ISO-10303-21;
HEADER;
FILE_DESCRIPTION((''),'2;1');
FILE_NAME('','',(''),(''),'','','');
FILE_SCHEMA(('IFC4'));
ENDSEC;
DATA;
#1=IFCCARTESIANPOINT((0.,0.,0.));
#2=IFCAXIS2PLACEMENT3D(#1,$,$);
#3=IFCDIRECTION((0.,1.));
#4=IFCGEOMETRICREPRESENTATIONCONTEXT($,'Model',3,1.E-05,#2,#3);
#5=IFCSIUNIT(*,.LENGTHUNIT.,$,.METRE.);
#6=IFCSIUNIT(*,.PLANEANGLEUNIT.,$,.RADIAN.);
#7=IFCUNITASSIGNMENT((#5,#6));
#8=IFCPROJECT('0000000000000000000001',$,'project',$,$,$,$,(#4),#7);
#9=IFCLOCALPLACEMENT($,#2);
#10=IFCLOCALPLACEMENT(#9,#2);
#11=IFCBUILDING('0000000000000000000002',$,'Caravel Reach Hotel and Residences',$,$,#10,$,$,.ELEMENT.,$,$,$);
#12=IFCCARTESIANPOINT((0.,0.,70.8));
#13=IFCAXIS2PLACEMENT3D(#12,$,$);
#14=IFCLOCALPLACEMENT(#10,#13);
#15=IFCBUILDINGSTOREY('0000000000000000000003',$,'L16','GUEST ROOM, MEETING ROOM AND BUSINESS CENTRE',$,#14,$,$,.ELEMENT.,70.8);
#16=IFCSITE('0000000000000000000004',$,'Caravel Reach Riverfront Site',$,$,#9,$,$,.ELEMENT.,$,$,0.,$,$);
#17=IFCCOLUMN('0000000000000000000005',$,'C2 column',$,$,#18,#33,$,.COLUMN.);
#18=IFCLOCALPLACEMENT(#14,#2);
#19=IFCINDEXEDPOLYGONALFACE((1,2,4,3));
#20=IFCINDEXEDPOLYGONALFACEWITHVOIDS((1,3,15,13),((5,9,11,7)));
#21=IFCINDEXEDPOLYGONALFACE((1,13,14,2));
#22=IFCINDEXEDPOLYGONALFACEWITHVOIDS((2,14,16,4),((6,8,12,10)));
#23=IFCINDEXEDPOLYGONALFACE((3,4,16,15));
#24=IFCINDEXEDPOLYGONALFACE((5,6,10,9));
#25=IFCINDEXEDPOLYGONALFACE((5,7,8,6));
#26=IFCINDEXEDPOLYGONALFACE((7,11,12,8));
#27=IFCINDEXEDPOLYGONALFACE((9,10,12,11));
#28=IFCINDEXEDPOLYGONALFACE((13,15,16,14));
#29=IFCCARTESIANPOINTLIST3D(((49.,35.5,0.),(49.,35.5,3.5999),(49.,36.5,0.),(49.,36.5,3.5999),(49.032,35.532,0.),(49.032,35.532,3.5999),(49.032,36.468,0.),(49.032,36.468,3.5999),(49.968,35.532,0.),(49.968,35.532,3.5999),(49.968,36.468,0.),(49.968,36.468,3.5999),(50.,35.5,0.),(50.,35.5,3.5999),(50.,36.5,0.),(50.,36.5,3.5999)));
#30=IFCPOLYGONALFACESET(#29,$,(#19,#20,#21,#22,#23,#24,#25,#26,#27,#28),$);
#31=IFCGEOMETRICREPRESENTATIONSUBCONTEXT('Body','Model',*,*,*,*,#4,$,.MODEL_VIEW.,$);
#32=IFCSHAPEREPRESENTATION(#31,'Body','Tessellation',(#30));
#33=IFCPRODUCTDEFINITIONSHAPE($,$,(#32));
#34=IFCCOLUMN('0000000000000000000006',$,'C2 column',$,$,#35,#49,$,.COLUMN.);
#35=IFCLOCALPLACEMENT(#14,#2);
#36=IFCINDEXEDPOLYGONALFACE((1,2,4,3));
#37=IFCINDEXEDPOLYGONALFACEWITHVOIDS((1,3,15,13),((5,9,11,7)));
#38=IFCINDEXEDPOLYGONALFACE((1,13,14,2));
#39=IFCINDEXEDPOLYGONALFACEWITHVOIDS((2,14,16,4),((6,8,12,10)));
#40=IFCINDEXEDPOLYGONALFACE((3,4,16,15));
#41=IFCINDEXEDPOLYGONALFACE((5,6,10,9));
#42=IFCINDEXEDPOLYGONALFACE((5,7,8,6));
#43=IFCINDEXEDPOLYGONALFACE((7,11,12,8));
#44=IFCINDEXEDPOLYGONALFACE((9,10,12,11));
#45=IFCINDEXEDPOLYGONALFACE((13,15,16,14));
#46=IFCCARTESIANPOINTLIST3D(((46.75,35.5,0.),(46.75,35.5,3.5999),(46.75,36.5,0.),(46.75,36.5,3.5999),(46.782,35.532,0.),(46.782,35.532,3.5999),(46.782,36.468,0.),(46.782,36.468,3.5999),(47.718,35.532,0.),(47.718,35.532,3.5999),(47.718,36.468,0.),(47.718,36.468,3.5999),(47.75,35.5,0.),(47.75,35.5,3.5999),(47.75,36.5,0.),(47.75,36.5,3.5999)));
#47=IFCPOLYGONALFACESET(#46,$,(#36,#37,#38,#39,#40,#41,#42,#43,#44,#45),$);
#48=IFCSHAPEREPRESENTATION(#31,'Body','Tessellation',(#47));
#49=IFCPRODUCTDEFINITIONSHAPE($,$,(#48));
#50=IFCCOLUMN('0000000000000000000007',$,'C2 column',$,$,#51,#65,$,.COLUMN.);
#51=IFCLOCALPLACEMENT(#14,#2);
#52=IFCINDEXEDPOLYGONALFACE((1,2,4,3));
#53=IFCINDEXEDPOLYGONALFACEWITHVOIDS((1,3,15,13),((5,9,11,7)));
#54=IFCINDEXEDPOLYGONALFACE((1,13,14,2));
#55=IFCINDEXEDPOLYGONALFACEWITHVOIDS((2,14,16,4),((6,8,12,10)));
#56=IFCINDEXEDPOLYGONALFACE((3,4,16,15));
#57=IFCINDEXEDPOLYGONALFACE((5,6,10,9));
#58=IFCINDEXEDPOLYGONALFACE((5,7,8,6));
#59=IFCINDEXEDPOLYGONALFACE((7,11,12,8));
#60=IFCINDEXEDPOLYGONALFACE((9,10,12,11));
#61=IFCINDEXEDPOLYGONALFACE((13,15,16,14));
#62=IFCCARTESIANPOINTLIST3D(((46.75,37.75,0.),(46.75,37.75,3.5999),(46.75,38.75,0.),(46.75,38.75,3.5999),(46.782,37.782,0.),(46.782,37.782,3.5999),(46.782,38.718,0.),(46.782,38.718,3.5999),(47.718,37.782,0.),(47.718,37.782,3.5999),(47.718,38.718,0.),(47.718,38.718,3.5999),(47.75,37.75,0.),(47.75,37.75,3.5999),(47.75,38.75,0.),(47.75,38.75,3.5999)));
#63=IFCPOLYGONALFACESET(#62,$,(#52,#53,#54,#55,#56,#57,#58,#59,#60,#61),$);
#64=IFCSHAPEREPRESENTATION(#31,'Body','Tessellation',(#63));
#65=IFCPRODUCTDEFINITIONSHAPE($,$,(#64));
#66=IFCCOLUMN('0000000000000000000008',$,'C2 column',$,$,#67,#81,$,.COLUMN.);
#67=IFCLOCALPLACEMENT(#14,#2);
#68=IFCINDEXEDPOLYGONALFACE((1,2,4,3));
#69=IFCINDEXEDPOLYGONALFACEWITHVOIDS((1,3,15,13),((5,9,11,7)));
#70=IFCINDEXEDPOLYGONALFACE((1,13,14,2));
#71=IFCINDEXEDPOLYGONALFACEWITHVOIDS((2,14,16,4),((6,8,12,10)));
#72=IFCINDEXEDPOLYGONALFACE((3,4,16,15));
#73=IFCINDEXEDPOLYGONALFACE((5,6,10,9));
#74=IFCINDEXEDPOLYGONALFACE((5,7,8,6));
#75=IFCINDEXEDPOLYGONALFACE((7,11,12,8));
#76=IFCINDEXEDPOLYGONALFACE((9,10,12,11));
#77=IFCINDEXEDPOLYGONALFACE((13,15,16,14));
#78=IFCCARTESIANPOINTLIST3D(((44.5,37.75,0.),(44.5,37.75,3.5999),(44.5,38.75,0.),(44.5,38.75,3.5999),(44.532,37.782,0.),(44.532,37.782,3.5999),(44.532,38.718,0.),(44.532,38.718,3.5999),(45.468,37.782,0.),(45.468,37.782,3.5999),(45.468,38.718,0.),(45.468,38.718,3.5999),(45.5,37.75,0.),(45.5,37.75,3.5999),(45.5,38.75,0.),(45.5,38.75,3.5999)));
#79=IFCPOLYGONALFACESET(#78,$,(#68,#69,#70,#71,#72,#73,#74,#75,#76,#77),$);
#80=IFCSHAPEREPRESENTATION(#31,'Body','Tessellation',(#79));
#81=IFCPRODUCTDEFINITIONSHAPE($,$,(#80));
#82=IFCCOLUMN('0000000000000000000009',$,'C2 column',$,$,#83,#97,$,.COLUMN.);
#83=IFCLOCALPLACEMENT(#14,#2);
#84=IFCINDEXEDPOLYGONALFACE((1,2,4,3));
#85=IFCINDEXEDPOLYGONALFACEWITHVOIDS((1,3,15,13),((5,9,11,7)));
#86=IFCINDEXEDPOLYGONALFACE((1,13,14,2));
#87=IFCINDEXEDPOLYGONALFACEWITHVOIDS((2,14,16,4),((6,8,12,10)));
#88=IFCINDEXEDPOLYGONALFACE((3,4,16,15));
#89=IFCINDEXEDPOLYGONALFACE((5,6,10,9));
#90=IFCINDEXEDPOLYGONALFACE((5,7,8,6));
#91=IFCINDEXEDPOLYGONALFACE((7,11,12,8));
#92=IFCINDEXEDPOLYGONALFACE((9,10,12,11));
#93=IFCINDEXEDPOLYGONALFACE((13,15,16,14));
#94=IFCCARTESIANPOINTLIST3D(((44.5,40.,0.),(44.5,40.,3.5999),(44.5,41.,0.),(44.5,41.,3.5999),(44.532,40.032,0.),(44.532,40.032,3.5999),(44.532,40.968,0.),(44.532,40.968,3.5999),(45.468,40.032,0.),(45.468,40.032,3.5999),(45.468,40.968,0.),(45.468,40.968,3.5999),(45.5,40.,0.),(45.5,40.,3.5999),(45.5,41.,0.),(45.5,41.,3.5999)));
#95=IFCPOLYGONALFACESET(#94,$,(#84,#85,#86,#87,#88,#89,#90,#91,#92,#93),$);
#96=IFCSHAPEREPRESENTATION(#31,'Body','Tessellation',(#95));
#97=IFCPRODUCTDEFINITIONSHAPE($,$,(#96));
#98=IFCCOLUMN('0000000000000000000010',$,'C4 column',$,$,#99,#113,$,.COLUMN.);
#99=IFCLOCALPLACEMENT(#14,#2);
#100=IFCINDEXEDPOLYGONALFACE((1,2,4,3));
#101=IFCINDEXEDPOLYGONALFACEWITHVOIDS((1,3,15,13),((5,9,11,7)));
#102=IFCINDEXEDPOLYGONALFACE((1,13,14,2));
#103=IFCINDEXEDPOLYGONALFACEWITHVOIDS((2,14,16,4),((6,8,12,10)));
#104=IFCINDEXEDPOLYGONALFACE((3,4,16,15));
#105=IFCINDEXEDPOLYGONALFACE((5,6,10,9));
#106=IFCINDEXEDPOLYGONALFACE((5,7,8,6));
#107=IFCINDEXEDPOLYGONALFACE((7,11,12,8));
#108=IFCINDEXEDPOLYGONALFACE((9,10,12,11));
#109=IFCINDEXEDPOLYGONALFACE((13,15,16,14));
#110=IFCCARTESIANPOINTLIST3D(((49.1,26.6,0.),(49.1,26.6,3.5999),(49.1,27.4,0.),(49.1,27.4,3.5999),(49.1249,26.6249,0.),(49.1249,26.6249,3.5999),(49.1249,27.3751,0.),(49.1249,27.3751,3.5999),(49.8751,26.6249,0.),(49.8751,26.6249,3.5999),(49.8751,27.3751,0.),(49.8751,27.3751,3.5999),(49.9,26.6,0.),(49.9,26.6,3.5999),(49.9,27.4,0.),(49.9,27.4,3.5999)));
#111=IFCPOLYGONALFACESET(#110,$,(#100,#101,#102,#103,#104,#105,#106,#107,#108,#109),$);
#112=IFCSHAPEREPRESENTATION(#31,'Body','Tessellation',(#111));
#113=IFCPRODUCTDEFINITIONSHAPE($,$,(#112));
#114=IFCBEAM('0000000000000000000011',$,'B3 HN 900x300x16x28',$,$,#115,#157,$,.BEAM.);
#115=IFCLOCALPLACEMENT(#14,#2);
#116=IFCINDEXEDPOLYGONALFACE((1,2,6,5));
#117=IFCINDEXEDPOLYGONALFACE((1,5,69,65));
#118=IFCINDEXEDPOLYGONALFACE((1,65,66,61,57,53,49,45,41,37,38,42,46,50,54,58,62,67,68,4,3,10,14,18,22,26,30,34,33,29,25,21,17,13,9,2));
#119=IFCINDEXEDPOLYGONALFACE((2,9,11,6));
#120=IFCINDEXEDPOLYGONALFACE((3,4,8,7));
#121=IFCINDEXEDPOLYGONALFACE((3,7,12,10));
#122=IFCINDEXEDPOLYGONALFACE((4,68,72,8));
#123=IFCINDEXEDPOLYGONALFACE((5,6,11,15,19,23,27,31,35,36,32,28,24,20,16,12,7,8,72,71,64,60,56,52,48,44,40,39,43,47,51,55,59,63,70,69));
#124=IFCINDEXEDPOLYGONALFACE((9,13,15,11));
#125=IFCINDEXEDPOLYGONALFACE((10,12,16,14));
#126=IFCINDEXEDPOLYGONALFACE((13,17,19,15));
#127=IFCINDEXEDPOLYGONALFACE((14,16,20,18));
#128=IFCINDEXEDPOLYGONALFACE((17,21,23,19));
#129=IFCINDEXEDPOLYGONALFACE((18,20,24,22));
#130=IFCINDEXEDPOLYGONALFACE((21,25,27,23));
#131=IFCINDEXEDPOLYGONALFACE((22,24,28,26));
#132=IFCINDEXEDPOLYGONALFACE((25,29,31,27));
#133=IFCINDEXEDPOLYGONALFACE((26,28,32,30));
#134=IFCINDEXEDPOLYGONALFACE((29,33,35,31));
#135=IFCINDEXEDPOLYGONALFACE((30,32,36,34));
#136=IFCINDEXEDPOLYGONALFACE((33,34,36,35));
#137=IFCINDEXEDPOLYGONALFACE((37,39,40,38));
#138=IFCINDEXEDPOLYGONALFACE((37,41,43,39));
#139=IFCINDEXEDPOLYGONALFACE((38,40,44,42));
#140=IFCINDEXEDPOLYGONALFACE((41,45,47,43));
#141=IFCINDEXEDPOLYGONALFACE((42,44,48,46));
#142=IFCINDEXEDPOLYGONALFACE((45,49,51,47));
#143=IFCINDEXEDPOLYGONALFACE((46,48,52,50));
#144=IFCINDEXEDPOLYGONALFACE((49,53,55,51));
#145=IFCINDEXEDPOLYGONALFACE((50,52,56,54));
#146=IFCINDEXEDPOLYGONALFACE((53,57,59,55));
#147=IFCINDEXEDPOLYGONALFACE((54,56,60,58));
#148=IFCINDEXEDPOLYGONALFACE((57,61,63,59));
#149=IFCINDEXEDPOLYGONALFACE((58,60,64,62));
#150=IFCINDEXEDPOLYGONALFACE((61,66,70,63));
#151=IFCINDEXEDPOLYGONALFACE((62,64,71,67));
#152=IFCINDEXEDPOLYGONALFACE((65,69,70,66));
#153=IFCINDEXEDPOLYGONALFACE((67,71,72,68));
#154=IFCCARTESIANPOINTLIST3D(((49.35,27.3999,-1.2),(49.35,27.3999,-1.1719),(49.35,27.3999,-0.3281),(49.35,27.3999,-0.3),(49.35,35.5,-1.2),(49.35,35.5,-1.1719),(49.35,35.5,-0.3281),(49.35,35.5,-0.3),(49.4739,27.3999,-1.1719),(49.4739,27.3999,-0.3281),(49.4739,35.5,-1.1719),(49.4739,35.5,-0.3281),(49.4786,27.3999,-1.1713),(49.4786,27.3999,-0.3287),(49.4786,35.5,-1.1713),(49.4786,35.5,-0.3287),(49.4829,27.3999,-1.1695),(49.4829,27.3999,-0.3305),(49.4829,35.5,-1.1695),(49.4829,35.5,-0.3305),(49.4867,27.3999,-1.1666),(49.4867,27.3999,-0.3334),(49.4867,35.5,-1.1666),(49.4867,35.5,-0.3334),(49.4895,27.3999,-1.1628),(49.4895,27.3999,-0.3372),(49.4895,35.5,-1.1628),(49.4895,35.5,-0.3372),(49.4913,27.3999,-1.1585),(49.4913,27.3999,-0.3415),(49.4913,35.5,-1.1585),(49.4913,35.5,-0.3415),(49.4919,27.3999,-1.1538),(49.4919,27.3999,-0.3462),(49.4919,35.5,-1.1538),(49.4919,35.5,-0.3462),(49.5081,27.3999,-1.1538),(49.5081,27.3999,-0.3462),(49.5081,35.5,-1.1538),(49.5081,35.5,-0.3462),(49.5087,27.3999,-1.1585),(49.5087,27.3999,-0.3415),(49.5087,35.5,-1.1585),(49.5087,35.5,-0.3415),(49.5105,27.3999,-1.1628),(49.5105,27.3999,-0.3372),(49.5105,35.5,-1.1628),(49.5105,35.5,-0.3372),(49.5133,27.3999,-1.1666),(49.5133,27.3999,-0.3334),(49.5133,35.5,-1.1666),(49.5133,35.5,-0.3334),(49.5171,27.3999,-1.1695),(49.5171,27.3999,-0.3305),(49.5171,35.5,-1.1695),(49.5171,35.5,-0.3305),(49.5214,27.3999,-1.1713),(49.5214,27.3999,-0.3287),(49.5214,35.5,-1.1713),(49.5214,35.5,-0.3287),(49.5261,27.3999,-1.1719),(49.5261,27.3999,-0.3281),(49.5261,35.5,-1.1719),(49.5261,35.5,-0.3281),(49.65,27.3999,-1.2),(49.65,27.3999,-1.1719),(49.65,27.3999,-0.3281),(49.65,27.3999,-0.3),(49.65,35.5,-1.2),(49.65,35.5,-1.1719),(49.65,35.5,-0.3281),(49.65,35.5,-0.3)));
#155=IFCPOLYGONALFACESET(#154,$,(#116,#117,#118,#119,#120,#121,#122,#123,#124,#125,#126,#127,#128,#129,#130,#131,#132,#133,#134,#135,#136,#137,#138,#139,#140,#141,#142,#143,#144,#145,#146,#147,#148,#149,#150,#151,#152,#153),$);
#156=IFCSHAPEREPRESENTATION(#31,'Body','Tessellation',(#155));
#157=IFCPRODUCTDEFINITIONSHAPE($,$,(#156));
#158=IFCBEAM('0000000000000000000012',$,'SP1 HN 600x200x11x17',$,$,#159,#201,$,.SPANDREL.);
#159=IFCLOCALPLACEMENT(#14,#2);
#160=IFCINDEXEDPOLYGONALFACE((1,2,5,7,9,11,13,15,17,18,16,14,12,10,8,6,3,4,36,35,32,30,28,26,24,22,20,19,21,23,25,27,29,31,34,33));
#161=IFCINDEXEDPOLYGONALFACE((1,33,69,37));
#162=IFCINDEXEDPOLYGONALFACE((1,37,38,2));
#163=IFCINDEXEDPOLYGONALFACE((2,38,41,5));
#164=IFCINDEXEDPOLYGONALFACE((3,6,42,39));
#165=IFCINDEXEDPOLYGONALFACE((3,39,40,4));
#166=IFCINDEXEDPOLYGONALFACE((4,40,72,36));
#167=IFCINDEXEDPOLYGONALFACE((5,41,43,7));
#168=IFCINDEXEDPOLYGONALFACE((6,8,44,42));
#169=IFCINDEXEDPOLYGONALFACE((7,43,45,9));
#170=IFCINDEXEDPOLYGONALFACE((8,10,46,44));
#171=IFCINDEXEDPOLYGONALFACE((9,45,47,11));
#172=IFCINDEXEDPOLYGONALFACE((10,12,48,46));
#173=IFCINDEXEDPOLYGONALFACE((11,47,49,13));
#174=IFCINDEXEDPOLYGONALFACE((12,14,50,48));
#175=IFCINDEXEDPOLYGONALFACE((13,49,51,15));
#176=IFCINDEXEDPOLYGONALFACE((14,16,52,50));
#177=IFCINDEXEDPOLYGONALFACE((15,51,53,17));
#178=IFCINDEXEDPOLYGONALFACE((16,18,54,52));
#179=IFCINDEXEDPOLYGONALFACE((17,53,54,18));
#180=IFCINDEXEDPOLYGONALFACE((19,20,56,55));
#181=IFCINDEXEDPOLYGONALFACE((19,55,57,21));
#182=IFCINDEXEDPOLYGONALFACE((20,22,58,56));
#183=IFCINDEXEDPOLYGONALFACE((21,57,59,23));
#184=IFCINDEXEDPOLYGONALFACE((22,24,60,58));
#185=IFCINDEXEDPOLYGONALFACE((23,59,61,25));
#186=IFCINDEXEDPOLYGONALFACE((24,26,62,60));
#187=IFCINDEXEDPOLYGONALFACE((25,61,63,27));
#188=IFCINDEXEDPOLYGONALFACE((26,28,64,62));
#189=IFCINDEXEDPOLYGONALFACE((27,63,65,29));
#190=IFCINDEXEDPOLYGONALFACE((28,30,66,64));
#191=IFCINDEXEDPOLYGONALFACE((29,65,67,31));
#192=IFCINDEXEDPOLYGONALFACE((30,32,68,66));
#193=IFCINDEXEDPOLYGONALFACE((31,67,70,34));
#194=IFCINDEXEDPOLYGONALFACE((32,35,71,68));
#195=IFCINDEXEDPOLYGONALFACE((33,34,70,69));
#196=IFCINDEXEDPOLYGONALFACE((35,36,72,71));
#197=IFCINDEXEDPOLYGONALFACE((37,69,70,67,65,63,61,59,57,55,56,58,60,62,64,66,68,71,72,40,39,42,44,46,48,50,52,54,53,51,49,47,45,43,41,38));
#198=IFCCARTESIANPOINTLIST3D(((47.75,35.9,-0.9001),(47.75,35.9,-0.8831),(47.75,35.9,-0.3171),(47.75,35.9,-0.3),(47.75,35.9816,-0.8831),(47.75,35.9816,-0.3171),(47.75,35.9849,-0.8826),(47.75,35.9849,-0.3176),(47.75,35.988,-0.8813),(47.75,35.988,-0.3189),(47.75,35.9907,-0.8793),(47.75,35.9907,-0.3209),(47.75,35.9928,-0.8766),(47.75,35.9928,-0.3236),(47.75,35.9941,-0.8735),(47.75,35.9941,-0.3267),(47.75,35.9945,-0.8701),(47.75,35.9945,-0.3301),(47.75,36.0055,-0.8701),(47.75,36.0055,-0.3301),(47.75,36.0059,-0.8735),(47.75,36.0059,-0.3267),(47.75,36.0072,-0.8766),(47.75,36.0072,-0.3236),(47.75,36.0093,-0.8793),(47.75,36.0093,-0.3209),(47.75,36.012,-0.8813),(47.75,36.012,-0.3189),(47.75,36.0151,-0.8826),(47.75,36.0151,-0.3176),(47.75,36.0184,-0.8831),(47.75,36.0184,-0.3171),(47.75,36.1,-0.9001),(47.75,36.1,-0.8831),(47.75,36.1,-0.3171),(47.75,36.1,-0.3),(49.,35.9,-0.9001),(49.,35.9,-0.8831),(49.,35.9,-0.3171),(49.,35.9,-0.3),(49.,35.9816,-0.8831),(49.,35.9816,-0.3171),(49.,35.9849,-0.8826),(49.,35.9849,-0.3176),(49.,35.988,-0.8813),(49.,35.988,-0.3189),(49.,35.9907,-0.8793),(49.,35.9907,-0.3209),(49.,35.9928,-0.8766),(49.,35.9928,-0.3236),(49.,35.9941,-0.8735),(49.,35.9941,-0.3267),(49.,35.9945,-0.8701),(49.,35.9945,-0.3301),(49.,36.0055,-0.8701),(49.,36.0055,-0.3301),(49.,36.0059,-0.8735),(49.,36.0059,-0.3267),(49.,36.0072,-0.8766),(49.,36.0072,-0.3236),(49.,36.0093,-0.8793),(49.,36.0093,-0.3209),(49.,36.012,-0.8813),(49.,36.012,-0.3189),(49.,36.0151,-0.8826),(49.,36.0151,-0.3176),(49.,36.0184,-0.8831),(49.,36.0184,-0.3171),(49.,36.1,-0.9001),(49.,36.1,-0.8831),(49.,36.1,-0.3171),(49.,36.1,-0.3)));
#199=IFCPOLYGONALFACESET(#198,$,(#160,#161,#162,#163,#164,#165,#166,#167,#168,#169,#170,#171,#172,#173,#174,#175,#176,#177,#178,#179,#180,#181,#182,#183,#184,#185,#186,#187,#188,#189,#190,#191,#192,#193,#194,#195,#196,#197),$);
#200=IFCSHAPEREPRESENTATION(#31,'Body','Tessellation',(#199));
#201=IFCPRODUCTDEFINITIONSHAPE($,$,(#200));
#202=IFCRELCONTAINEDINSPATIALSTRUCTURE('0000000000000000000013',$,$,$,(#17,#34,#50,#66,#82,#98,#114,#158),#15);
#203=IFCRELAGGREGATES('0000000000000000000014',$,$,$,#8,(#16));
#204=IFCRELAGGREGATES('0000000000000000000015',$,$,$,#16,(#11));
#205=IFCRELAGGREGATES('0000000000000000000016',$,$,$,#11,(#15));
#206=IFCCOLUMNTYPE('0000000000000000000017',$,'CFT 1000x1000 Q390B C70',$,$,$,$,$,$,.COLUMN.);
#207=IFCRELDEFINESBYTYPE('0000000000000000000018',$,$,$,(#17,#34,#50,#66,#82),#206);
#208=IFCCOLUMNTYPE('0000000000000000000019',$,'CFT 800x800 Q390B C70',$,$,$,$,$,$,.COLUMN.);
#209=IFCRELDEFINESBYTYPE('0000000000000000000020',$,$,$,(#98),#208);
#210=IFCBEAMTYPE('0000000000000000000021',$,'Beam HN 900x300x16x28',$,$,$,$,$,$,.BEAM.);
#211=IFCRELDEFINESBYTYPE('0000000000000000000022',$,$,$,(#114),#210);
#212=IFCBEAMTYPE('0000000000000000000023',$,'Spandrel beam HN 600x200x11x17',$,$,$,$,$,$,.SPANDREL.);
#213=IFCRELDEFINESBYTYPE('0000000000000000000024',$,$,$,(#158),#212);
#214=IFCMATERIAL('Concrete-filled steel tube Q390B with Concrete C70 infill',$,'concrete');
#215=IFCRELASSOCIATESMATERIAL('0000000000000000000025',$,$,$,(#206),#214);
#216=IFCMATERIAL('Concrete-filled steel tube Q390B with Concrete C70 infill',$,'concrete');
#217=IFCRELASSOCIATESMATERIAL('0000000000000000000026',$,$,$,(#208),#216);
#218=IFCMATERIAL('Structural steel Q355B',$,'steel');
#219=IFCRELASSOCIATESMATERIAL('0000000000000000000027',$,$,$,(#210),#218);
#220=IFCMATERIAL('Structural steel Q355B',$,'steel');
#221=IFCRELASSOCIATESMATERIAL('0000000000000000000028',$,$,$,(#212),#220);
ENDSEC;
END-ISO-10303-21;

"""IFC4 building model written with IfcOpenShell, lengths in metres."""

from ifc_helpers import new_model, si_unit, direction, frame, origin, origin_2d, place, context, subcontext, project, spatial, hollow_rectangle, i_section, extrude, material, material_profile, profile_set, type_object, element, save


model = new_model("IFC4")

# Units and contexts
model_context = context("Model", 3, precision=1e-05, world=origin(), true_north=direction((0.0, 1.0)))
body_context = subcontext(model_context, "Body", "Model", "MODEL_VIEW")
ifc_project = project(units=[si_unit("LENGTHUNIT", "METRE"), si_unit("PLANEANGLEUNIT", "RADIAN")], contexts=[model_context])

# Site, building, storey
site_placement = place(None, origin())
site = spatial("IfcSite", under=ifc_project, at=site_placement, Name="Caravel Reach Riverfront Site", CompositionType="ELEMENT", RefElevation=0.0)
building_placement = place(site_placement, origin())
building = spatial("IfcBuilding", under=site, at=building_placement, Name="Caravel Reach Hotel and Residences", CompositionType="ELEMENT")
storey_placement = place(building_placement, frame((0.0, 0.0, 70.8)))
storey = spatial("IfcBuildingStorey", under=building, at=storey_placement, Name="L16", Description="GUEST ROOM, MEETING ROOM AND BUSINESS CENTRE", CompositionType="ELEMENT", Elevation=70.8)

# Columns
ifc_material_1 = material(Name="Concrete-filled steel tube Q390B with Concrete C70 infill", Category="concrete")
ifc_material_profile_1 = material_profile(ifc_material_1, hollow_rectangle(XDim=1.0, YDim=1.0, WallThickness=0.032, at=origin_2d()), Name="RHS 1000x1000x32")
ifc_profile_set_1 = profile_set([ifc_material_profile_1], Name="Concrete-filled steel tube Q390B with Concrete C70 infill")
column_type_1 = type_object("IfcColumnType", Name="CFT 1000x1000 Q390B C70", PredefinedType="COLUMN", material=ifc_profile_set_1)
for number, where, z_axis, x_axis, name in (
    (1, (49.5, 36.0, 0.0), (0.0, 0.0, 1.0), (1.0, 0.0, 0.0), "C2 column"),
    (2, (47.25, 36.0, 0.0), (0.0, 0.0, 1.0), (1.0, 0.0, 0.0), "C2 column"),
    (3, (47.25, 38.25, 0.0), (0.0, 0.0, 1.0), (1.0, 0.0, 0.0), "C2 column"),
    (4, (45.0, 38.25, 0.0), (0.0, 0.0, 1.0), (1.0, 0.0, 0.0), "C2 column"),
    (5, (45.0, 40.5, 0.0), (0.0, 0.0, 1.0), (1.0, 0.0, 0.0), "C2 column"),
):
    element("IfcColumn", number, at=place(storey_placement, frame(where, z_axis=z_axis, x_axis=x_axis)), inside=storey, type_object=column_type_1, Name=name, PredefinedType="COLUMN", context=body_context, shape_type="SweptSolid", body=[
        extrude(hollow_rectangle(XDim=1.0, YDim=1.0, WallThickness=0.032, at=origin_2d()), origin(), (0.0, 0.0, 1.0), 3.5999),
    ])
ifc_material_2 = material(Name="Concrete-filled steel tube Q390B with Concrete C70 infill", Category="concrete")
ifc_material_profile_2 = material_profile(ifc_material_2, hollow_rectangle(XDim=0.8, YDim=0.8, WallThickness=0.0249, at=origin_2d()), Name="RHS 800x800x25")
ifc_profile_set_2 = profile_set([ifc_material_profile_2], Name="Concrete-filled steel tube Q390B with Concrete C70 infill")
column_type_2 = type_object("IfcColumnType", Name="CFT 800x800 Q390B C70", PredefinedType="COLUMN", material=ifc_profile_set_2)
column_placement = place(storey_placement, frame((49.5, 27.0, 0.0), z_axis=(0.0, 0.0, 1.0), x_axis=(1.0, 0.0, 0.0)))
element("IfcColumn", 6, at=column_placement, inside=storey, type_object=column_type_2, Name="C4 column", PredefinedType="COLUMN", context=body_context, shape_type="SweptSolid", body=[
    extrude(hollow_rectangle(XDim=0.8, YDim=0.8, WallThickness=0.0249, at=origin_2d()), origin(), (0.0, 0.0, 1.0), 3.5999),
])

# Beams
ifc_material_3 = material(Name="Structural steel Q355B", Category="steel")
ifc_material_profile_3 = material_profile(ifc_material_3, i_section(OverallWidth=0.3, OverallDepth=0.8999, WebThickness=0.0161, FlangeThickness=0.0281, FilletRadius=0.0181, at=origin_2d()), Name="HN 900x300x16x28")
ifc_profile_set_3 = profile_set([ifc_material_profile_3], Name="Structural steel Q355B")
beam_type_1 = type_object("IfcBeamType", Name="Beam HN 900x300x16x28", PredefinedType="BEAM", material=ifc_profile_set_3)
beam_placement = place(storey_placement, frame((49.5, 27.3999, -0.75), z_axis=(0.0, 1.0, 0.0), x_axis=(-1.0, 0.0, 0.0)))
element("IfcBeam", 7, at=beam_placement, inside=storey, type_object=beam_type_1, Name="B3 HN 900x300x16x28", PredefinedType="BEAM", context=body_context, shape_type="SweptSolid", body=[
    extrude(i_section(OverallWidth=0.3, OverallDepth=0.8999, WebThickness=0.0161, FlangeThickness=0.0281, FilletRadius=0.0181, at=origin_2d()), origin(), (0.0, 0.0, 1.0), 8.1001),
])
ifc_material_4 = material(Name="Structural steel Q355B", Category="steel")
ifc_material_profile_4 = material_profile(ifc_material_4, i_section(OverallWidth=0.2, OverallDepth=0.6001, WebThickness=0.011, FlangeThickness=0.0171, FilletRadius=0.0129, at=origin_2d()), Name="HN 600x200x11x17")
ifc_profile_set_4 = profile_set([ifc_material_profile_4], Name="Structural steel Q355B")
beam_type_2 = type_object("IfcBeamType", Name="Spandrel beam HN 600x200x11x17", PredefinedType="SPANDREL", material=ifc_profile_set_4)
for number, where, z_axis, x_axis, name in (
    (8, (49.0, 36.0, -0.6001), (-1.0, 0.0, 0.0), (0.0, -1.0, 0.0), "SP1 HN 600x200x11x17"),
):
    element("IfcBeam", number, at=place(storey_placement, frame(where, z_axis=z_axis, x_axis=x_axis)), inside=storey, type_object=beam_type_2, Name=name, PredefinedType="SPANDREL", context=body_context, shape_type="SweptSolid", body=[
        extrude(i_section(OverallWidth=0.2, OverallDepth=0.6001, WebThickness=0.011, FlangeThickness=0.0171, FilletRadius=0.0129, at=origin_2d()), origin(), (0.0, 0.0, 1.0), 1.25),
    ])

save(model, "model.ifc")
